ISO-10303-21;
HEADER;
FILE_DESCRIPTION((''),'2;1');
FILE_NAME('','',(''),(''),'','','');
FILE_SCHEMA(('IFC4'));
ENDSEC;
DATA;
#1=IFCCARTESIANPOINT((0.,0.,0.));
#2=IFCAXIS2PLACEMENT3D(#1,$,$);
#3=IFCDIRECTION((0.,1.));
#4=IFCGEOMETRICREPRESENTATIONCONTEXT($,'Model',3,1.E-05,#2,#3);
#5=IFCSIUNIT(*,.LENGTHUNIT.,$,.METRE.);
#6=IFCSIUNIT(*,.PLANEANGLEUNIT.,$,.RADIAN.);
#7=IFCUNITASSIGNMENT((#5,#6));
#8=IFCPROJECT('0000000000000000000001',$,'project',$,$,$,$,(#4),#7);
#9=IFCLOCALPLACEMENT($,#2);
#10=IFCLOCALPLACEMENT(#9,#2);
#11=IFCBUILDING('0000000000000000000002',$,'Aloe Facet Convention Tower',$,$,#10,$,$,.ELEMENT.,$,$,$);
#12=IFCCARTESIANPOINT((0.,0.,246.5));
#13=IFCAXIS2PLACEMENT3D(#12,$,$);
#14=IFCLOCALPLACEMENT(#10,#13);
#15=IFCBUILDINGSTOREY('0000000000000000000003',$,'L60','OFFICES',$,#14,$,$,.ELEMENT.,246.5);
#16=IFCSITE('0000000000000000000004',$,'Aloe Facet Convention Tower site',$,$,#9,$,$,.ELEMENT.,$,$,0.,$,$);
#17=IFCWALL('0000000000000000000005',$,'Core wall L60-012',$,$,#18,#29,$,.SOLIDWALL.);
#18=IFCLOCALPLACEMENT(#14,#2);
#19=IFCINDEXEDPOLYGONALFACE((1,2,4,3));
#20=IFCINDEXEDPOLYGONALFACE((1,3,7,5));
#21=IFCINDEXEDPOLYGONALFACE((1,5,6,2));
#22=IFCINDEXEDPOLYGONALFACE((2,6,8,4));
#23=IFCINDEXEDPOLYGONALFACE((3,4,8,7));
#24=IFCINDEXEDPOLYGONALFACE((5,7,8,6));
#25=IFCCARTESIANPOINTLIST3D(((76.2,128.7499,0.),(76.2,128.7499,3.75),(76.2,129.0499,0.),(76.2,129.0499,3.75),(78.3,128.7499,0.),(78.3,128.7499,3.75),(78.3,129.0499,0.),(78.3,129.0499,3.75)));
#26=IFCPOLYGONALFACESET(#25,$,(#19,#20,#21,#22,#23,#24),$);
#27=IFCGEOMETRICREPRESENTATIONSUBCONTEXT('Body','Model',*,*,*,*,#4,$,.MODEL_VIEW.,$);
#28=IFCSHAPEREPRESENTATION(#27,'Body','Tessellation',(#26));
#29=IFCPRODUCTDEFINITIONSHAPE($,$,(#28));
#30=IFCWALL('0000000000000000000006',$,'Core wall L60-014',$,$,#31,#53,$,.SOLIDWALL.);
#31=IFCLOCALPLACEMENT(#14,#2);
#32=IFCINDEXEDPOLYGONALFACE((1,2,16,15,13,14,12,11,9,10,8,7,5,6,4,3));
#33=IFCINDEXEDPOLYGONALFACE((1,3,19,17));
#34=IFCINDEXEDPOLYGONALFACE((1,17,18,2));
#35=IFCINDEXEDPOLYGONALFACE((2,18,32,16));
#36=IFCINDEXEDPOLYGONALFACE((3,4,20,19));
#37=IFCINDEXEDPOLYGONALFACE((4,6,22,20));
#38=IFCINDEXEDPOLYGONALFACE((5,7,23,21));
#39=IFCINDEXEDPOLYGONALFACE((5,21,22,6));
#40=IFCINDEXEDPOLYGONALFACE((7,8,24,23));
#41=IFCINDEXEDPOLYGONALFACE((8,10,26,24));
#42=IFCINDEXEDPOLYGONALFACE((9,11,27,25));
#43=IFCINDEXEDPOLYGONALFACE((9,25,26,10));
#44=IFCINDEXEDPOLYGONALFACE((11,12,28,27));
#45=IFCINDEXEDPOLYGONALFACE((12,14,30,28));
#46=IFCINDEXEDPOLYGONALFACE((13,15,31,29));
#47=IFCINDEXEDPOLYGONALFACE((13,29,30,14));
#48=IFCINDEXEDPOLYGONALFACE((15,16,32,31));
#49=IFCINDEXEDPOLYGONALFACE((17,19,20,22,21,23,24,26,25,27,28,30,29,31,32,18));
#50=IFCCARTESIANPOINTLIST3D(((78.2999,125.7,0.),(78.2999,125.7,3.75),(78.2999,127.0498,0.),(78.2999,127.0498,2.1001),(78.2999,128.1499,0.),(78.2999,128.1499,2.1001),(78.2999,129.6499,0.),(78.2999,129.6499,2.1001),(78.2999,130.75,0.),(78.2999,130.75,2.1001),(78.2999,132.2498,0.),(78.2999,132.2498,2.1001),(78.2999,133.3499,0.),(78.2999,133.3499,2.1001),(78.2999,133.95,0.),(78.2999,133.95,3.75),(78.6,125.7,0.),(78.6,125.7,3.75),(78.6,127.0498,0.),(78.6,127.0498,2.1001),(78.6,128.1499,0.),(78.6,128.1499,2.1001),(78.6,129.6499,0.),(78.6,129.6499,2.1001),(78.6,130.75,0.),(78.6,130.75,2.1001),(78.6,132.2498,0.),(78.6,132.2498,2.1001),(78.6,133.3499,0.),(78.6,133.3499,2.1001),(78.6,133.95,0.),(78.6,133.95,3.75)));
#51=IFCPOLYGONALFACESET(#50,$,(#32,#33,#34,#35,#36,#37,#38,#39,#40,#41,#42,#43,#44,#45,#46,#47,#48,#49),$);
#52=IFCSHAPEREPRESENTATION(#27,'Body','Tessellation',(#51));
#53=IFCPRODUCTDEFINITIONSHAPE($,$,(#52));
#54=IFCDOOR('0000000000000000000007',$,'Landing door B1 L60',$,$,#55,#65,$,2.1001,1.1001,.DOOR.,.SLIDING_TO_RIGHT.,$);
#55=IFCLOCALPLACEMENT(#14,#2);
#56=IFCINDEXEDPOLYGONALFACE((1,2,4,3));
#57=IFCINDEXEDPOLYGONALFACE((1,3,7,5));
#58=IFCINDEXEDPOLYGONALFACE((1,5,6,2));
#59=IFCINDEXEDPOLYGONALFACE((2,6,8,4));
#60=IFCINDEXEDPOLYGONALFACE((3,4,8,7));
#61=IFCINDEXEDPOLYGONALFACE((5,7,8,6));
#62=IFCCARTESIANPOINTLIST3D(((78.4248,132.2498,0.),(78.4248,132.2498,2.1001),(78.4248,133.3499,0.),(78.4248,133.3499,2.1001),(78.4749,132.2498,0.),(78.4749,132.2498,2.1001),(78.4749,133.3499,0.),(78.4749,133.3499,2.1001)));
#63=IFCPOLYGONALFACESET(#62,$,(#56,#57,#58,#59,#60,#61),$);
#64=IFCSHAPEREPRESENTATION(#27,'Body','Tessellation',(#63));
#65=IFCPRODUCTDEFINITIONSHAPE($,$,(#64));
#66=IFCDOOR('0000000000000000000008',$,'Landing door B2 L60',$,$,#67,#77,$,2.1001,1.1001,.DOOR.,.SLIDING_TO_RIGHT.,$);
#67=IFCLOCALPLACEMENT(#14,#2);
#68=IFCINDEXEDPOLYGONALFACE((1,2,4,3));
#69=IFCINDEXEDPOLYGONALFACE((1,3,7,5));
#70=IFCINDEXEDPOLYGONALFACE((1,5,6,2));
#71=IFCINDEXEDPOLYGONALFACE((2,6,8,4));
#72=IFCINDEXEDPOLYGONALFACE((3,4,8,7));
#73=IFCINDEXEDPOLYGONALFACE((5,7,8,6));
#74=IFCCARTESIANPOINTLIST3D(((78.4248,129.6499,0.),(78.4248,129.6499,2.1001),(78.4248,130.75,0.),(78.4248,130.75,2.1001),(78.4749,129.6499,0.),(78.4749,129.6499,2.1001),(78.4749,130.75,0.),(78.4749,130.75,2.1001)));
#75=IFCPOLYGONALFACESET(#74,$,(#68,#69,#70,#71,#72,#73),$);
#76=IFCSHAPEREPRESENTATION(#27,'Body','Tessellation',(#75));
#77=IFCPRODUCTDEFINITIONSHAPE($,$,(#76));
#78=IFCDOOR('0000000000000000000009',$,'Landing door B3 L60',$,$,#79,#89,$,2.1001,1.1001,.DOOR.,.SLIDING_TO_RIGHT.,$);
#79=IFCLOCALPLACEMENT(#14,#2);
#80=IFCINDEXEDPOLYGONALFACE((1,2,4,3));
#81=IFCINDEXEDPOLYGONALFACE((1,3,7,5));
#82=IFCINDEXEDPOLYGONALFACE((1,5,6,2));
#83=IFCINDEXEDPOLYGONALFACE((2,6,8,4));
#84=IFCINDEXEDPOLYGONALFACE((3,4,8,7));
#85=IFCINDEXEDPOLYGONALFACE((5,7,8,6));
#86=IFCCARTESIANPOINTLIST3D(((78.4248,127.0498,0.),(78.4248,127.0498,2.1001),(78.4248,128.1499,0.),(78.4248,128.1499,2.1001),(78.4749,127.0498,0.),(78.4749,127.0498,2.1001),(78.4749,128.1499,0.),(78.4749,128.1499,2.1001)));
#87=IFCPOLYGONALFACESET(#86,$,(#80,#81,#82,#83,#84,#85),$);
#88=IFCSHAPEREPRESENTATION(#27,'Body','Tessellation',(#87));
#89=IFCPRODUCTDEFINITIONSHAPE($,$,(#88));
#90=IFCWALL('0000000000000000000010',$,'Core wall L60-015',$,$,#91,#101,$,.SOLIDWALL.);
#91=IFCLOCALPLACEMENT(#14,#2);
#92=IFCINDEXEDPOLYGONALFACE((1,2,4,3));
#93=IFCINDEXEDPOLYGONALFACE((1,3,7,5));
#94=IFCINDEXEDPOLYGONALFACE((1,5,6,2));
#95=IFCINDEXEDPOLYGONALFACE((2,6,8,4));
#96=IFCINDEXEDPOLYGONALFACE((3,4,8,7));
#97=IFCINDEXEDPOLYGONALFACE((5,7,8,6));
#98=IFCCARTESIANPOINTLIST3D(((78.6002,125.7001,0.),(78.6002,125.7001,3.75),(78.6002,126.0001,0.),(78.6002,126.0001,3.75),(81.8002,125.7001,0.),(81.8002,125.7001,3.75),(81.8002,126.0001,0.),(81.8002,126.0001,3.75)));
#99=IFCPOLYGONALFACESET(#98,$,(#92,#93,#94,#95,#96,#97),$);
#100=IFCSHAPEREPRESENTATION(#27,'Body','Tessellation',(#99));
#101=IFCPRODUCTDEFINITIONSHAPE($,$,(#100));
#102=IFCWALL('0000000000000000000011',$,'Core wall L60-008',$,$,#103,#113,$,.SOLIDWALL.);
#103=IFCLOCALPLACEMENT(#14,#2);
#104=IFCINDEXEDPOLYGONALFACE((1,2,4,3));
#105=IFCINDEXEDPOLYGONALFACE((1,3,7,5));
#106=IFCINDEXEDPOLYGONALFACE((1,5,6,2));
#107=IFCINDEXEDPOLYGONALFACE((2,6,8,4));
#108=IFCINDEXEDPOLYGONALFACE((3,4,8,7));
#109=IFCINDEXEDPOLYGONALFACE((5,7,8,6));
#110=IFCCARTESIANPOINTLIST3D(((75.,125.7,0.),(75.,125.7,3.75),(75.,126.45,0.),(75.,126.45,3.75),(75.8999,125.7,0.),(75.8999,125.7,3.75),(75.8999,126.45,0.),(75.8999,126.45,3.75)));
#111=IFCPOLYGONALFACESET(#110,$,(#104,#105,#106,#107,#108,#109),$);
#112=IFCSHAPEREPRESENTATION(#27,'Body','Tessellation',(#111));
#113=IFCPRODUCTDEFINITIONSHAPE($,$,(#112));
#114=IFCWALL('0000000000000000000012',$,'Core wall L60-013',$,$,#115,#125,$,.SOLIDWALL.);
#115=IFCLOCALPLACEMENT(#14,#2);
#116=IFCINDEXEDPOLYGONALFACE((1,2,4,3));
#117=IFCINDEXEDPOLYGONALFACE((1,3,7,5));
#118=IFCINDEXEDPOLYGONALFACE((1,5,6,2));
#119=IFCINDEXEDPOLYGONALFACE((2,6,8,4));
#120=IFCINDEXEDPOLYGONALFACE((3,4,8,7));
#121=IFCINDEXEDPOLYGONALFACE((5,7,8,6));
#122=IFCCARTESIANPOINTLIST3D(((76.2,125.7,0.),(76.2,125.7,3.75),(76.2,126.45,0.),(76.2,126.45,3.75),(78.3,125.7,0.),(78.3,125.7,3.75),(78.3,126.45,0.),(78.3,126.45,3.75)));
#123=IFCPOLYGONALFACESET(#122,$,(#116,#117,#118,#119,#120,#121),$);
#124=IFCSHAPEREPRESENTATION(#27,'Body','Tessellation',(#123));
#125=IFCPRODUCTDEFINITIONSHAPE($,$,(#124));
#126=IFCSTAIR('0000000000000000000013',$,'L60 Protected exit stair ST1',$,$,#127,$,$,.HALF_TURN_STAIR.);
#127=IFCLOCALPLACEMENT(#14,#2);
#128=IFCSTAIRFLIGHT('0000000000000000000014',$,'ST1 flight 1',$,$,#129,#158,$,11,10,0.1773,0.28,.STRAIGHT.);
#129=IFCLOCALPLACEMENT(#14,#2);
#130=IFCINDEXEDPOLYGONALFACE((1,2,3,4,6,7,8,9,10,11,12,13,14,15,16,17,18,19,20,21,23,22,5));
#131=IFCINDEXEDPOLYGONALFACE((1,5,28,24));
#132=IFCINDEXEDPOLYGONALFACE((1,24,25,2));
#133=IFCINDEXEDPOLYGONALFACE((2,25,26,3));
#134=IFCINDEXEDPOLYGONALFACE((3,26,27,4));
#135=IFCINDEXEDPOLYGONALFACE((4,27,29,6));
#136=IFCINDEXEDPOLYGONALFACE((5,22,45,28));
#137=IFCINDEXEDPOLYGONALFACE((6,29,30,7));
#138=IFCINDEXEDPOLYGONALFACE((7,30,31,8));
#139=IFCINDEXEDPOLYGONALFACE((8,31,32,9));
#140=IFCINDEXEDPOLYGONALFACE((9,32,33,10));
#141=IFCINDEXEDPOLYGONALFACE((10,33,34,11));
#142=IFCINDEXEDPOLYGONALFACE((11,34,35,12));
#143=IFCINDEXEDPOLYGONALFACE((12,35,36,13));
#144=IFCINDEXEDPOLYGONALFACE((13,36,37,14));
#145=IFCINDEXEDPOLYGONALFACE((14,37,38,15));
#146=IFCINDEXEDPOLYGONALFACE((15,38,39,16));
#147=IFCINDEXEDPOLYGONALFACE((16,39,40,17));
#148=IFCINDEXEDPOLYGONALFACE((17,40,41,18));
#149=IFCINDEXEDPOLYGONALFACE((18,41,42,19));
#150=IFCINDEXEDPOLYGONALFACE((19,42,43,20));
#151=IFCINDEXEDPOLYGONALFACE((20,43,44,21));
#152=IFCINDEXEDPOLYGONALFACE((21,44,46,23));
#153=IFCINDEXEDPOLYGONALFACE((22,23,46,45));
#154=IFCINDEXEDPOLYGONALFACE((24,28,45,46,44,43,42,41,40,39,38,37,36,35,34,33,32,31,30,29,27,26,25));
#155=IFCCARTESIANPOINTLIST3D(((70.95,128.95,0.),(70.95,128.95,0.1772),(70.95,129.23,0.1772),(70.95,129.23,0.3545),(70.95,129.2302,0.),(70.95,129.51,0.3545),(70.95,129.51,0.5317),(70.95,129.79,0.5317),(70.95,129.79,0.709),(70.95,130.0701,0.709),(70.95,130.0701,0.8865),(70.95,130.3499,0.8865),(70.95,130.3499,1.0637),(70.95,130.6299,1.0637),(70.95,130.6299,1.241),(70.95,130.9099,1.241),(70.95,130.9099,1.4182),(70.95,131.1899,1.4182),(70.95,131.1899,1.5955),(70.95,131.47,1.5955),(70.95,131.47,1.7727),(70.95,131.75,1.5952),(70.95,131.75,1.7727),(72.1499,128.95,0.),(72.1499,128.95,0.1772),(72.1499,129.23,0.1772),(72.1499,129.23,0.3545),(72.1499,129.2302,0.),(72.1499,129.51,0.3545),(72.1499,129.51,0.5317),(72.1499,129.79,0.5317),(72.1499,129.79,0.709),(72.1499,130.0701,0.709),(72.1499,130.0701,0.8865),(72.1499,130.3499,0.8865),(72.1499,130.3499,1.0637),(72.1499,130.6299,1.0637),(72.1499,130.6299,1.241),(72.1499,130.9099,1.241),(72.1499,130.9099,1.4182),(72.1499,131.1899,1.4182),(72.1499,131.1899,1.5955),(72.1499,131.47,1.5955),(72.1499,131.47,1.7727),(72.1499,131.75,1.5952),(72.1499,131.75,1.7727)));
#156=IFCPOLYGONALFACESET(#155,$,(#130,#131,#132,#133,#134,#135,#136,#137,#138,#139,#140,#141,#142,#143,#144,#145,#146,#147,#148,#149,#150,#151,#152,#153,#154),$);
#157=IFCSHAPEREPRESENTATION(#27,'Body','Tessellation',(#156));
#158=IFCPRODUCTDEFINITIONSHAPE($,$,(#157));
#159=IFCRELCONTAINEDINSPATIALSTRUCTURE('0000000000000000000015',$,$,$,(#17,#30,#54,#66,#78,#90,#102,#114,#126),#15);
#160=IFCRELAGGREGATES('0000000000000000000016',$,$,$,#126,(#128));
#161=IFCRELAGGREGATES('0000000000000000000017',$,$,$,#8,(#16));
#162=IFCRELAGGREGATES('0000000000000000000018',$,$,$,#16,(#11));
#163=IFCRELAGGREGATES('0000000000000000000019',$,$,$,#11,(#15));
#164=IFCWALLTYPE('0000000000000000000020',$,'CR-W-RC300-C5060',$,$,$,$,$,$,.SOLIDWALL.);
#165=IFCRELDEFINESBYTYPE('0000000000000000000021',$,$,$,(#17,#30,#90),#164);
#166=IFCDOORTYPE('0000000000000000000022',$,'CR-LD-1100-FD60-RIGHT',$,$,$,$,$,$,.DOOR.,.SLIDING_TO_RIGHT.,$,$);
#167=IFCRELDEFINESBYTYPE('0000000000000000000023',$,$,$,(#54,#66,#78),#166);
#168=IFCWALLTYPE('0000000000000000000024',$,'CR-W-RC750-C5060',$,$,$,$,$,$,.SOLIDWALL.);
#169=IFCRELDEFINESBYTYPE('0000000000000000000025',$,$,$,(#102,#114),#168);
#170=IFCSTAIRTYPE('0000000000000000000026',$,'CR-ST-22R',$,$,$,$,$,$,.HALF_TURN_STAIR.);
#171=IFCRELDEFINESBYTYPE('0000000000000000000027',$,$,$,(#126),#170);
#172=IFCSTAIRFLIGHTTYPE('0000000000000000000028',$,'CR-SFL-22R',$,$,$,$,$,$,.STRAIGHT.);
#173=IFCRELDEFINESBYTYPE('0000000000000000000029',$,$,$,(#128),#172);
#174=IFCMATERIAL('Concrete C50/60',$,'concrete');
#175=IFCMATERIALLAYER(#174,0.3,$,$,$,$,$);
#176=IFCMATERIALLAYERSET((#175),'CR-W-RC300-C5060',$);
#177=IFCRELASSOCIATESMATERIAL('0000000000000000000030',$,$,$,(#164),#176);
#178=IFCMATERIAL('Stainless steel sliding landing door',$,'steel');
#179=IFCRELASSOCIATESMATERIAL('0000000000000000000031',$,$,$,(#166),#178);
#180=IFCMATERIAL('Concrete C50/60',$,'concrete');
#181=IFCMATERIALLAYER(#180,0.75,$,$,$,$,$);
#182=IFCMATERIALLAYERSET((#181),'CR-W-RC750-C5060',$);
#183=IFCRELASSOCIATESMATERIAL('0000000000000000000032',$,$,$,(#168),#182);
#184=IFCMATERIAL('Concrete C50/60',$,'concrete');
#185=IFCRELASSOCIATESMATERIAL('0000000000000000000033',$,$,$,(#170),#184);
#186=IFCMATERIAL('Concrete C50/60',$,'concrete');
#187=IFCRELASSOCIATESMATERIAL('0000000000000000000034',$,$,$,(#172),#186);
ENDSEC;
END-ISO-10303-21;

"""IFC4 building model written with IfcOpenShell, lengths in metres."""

from ifc_helpers import new_model, si_unit, direction, frame, frame_2d, origin, place, context, subcontext, project, spatial, polyline, rectangle, outline, extrude, material, layer, layer_set, type_object, element, fill, aggregate, save


model = new_model("IFC4")

# Units and contexts
model_context = context("Model", 3, precision=1e-05, world=origin(), true_north=direction((0.0, 1.0)))
body_context = subcontext(model_context, "Body", "Model", "MODEL_VIEW")
ifc_project = project(units=[si_unit("LENGTHUNIT", "METRE"), si_unit("PLANEANGLEUNIT", "RADIAN")], contexts=[model_context])

# Site, building, storey
site_placement = place(None, origin())
site = spatial("IfcSite", under=ifc_project, at=site_placement, Name="Aloe Facet Convention Tower site", CompositionType="ELEMENT", RefElevation=0.0)
building_placement = place(site_placement, origin())
building = spatial("IfcBuilding", under=site, at=building_placement, Name="Aloe Facet Convention Tower", CompositionType="ELEMENT")
storey_placement = place(building_placement, frame((0.0, 0.0, 246.5)))
storey = spatial("IfcBuildingStorey", under=building, at=storey_placement, Name="L60", Description="OFFICES", CompositionType="ELEMENT", Elevation=246.5)

# Shared definitions
ifc_material_1 = material(Name="Concrete C50/60", Category="concrete")
ifc_layer_1 = layer(ifc_material_1, 0.3)
ifc_layer_set_1 = layer_set([ifc_layer_1], Name="CR-W-RC300-C5060")
wall_type_1 = type_object("IfcWallType", Name="CR-W-RC300-C5060", PredefinedType="SOLIDWALL", material=ifc_layer_set_1)

# Wall
for number, where, z_axis, x_axis, name in (
    (1, (76.2, 128.8999, 0.0), (0.0, 0.0, 1.0), (1.0, 0.0, 0.0), "Core wall L60-012"),
):
    element("IfcWall", number, at=place(storey_placement, frame(where, z_axis=z_axis, x_axis=x_axis)), inside=storey, type_object=wall_type_1, Name=name, PredefinedType="SOLIDWALL", context=body_context, shape_type="SweptSolid", body=[
        extrude(rectangle(XDim=2.1001, YDim=0.3, at=frame_2d((1.05, 0.0))), origin(), (0.0, 0.0, 1.0), 3.75),
    ])

# Wall, openings, doors
wall_1_placement = place(storey_placement, frame((78.45, 133.95, 0.0), z_axis=(0.0, 0.0, 1.0), x_axis=(0.0, -1.0, 0.0)))
wall_1 = element("IfcWall", 2, at=wall_1_placement, inside=storey, type_object=wall_type_1, Name="Core wall L60-014", PredefinedType="SOLIDWALL", context=body_context, shape_type="SweptSolid", body=[
    extrude(rectangle(XDim=8.25, YDim=0.3, at=frame_2d((4.125, 0.0))), origin(), (0.0, 0.0, 1.0), 3.75),
])
opening_1_placement = place(wall_1_placement, frame((0.6001, 0.0, 0.0)))
opening_1 = element("IfcOpeningElement", 3, at=opening_1_placement, cuts=wall_1, PredefinedType="OPENING", context=body_context, shape_type="SweptSolid", body=[
    extrude(rectangle(XDim=1.1001, YDim=2.1001, at=frame_2d((0.55, 1.05))), frame((0.0, 0.1602, 0.0), z_axis=(0.0, -1.0, 0.0), x_axis=(1.0, 0.0, 0.0)), (0.0, 0.0, 1.0), 0.3201),
])
opening_2_placement = place(wall_1_placement, frame((3.2, 0.0, 0.0)))
opening_2 = element("IfcOpeningElement", 4, at=opening_2_placement, cuts=wall_1, PredefinedType="OPENING", context=body_context, shape_type="SweptSolid", body=[
    extrude(rectangle(XDim=1.1001, YDim=2.1001, at=frame_2d((0.55, 1.05))), frame((0.0, 0.1602, 0.0), z_axis=(0.0, -1.0, 0.0), x_axis=(1.0, 0.0, 0.0)), (0.0, 0.0, 1.0), 0.3201),
])
opening_3_placement = place(wall_1_placement, frame((5.8, 0.0, 0.0)))
opening_3 = element("IfcOpeningElement", 5, at=opening_3_placement, cuts=wall_1, PredefinedType="OPENING", context=body_context, shape_type="SweptSolid", body=[
    extrude(rectangle(XDim=1.1001, YDim=2.1001, at=frame_2d((0.55, 1.05))), frame((0.0, 0.1602, 0.0), z_axis=(0.0, -1.0, 0.0), x_axis=(1.0, 0.0, 0.0)), (0.0, 0.0, 1.0), 0.3201),
])
ifc_material_2 = material(Name="Stainless steel sliding landing door", Category="steel")
door_type_1 = type_object("IfcDoorType", Name="CR-LD-1100-FD60-RIGHT", OperationType="SLIDING_TO_RIGHT", PredefinedType="DOOR", material=ifc_material_2)
door_1_placement = place(opening_1_placement, origin())
door_1 = element("IfcDoor", 6, at=door_1_placement, inside=storey, type_object=door_type_1, Name="Landing door B1 L60", OperationType="SLIDING_TO_RIGHT", OverallHeight=2.1001, OverallWidth=1.1001, PredefinedType="DOOR", context=body_context, shape_type="SweptSolid", body=[
    extrude(rectangle(XDim=1.1001, YDim=2.1001, at=frame_2d((0.55, 1.05))), frame((0.0, 0.0249, 0.0), z_axis=(0.0, -1.0, 0.0), x_axis=(1.0, 0.0, 0.0)), (0.0, 0.0, 1.0), 0.05),
])
fill(opening_1, door_1)
door_2_placement = place(opening_2_placement, origin())
door_2 = element("IfcDoor", 7, at=door_2_placement, inside=storey, type_object=door_type_1, Name="Landing door B2 L60", OperationType="SLIDING_TO_RIGHT", OverallHeight=2.1001, OverallWidth=1.1001, PredefinedType="DOOR", context=body_context, shape_type="SweptSolid", body=[
    extrude(rectangle(XDim=1.1001, YDim=2.1001, at=frame_2d((0.55, 1.05))), frame((0.0, 0.0249, 0.0), z_axis=(0.0, -1.0, 0.0), x_axis=(1.0, 0.0, 0.0)), (0.0, 0.0, 1.0), 0.05),
])
fill(opening_2, door_2)
door_3_placement = place(opening_3_placement, origin())
door_3 = element("IfcDoor", 8, at=door_3_placement, inside=storey, type_object=door_type_1, Name="Landing door B3 L60", OperationType="SLIDING_TO_RIGHT", OverallHeight=2.1001, OverallWidth=1.1001, PredefinedType="DOOR", context=body_context, shape_type="SweptSolid", body=[
    extrude(rectangle(XDim=1.1001, YDim=2.1001, at=frame_2d((0.55, 1.05))), frame((0.0, 0.0249, 0.0), z_axis=(0.0, -1.0, 0.0), x_axis=(1.0, 0.0, 0.0)), (0.0, 0.0, 1.0), 0.05),
])
fill(opening_3, door_3)

# Walls
wall_2_placement = place(storey_placement, frame((78.6001, 125.8501, 0.0), z_axis=(0.0, 0.0, 1.0), x_axis=(1.0, 0.0, 0.0)))
element("IfcWall", 9, at=wall_2_placement, inside=storey, type_object=wall_type_1, Name="Core wall L60-015", PredefinedType="SOLIDWALL", context=body_context, shape_type="SweptSolid", body=[
    extrude(rectangle(XDim=3.2, YDim=0.3, at=frame_2d((1.6001, 0.0))), origin(), (0.0, 0.0, 1.0), 3.75),
])
ifc_material_3 = material(Name="Concrete C50/60", Category="concrete")
ifc_layer_2 = layer(ifc_material_3, 0.75)
ifc_layer_set_2 = layer_set([ifc_layer_2], Name="CR-W-RC750-C5060")
wall_type_2 = type_object("IfcWallType", Name="CR-W-RC750-C5060", PredefinedType="SOLIDWALL", material=ifc_layer_set_2)
wall_3_placement = place(storey_placement, frame((75.0, 126.075, 0.0), z_axis=(0.0, 0.0, 1.0), x_axis=(1.0, 0.0, 0.0)))
element("IfcWall", 10, at=wall_3_placement, inside=storey, type_object=wall_type_2, Name="Core wall L60-008", PredefinedType="SOLIDWALL", context=body_context, shape_type="SweptSolid", body=[
    extrude(rectangle(XDim=0.8999, YDim=0.75, at=frame_2d((0.45, 0.0))), origin(), (0.0, 0.0, 1.0), 3.75),
])
wall_4_placement = place(storey_placement, frame((76.2, 126.075, 0.0), z_axis=(0.0, 0.0, 1.0), x_axis=(1.0, 0.0, 0.0)))
element("IfcWall", 11, at=wall_4_placement, inside=storey, type_object=wall_type_2, Name="Core wall L60-013", PredefinedType="SOLIDWALL", context=body_context, shape_type="SweptSolid", body=[
    extrude(rectangle(XDim=2.1001, YDim=0.75, at=frame_2d((1.05, 0.0))), origin(), (0.0, 0.0, 1.0), 3.75),
])

# Stair, stair flight
ifc_material_4 = material(Name="Concrete C50/60", Category="concrete")
stair_type = type_object("IfcStairType", Name="CR-ST-22R", PredefinedType="HALF_TURN_STAIR", material=ifc_material_4)
stair_1_placement = place(storey_placement, origin())
stair_1 = element("IfcStair", 12, at=stair_1_placement, inside=storey, type_object=stair_type, Name="L60 Protected exit stair ST1", PredefinedType="HALF_TURN_STAIR")
ifc_material_5 = material(Name="Concrete C50/60", Category="concrete")
stair_flight_type = type_object("IfcStairFlightType", Name="CR-SFL-22R", PredefinedType="STRAIGHT", material=ifc_material_5)
stair_flight_1_placement = place(storey_placement, frame((71.55, 128.95, 0.0), z_axis=(0.0, 0.0, 1.0), x_axis=(0.0, 1.0, 0.0)))
stair_flight_1 = element("IfcStairFlight", 13, at=stair_flight_1_placement, type_object=stair_flight_type, Name="ST1 flight 1", NumberOfRisers=11, NumberOfTreads=10, PredefinedType="STRAIGHT", RiserHeight=0.1773, TreadLength=0.28, context=body_context, shape_type="SweptSolid", body=[
    extrude(outline(polyline([(0.0, 0.0), (0.0, 0.1772), (0.28, 0.1772), (0.28, 0.3545), (0.5601, 0.3545), (0.5601, 0.5317), (0.8401, 0.5317), (0.8401, 0.709), (1.1201, 0.709), (1.1201, 0.8865), (1.3999, 0.8865), (1.3999, 1.0637), (1.6799, 1.0637), (1.6799, 1.241), (1.96, 1.241), (1.96, 1.4182), (2.24, 1.4182), (2.24, 1.5955), (2.52, 1.5955), (2.52, 1.7727), (2.8, 1.7727), (2.8, 1.95), (2.8, 1.5952), (0.2803, 0.0), (0.0, 0.0)])), frame((0.0, 0.6001, 0.0), z_axis=(0.0, -1.0, 0.0), x_axis=(1.0, 0.0, 0.0)), (0.0, 0.0, 1.0), 1.2),
])
aggregate(stair_1, [stair_flight_1])

save(model, "model.ifc")
